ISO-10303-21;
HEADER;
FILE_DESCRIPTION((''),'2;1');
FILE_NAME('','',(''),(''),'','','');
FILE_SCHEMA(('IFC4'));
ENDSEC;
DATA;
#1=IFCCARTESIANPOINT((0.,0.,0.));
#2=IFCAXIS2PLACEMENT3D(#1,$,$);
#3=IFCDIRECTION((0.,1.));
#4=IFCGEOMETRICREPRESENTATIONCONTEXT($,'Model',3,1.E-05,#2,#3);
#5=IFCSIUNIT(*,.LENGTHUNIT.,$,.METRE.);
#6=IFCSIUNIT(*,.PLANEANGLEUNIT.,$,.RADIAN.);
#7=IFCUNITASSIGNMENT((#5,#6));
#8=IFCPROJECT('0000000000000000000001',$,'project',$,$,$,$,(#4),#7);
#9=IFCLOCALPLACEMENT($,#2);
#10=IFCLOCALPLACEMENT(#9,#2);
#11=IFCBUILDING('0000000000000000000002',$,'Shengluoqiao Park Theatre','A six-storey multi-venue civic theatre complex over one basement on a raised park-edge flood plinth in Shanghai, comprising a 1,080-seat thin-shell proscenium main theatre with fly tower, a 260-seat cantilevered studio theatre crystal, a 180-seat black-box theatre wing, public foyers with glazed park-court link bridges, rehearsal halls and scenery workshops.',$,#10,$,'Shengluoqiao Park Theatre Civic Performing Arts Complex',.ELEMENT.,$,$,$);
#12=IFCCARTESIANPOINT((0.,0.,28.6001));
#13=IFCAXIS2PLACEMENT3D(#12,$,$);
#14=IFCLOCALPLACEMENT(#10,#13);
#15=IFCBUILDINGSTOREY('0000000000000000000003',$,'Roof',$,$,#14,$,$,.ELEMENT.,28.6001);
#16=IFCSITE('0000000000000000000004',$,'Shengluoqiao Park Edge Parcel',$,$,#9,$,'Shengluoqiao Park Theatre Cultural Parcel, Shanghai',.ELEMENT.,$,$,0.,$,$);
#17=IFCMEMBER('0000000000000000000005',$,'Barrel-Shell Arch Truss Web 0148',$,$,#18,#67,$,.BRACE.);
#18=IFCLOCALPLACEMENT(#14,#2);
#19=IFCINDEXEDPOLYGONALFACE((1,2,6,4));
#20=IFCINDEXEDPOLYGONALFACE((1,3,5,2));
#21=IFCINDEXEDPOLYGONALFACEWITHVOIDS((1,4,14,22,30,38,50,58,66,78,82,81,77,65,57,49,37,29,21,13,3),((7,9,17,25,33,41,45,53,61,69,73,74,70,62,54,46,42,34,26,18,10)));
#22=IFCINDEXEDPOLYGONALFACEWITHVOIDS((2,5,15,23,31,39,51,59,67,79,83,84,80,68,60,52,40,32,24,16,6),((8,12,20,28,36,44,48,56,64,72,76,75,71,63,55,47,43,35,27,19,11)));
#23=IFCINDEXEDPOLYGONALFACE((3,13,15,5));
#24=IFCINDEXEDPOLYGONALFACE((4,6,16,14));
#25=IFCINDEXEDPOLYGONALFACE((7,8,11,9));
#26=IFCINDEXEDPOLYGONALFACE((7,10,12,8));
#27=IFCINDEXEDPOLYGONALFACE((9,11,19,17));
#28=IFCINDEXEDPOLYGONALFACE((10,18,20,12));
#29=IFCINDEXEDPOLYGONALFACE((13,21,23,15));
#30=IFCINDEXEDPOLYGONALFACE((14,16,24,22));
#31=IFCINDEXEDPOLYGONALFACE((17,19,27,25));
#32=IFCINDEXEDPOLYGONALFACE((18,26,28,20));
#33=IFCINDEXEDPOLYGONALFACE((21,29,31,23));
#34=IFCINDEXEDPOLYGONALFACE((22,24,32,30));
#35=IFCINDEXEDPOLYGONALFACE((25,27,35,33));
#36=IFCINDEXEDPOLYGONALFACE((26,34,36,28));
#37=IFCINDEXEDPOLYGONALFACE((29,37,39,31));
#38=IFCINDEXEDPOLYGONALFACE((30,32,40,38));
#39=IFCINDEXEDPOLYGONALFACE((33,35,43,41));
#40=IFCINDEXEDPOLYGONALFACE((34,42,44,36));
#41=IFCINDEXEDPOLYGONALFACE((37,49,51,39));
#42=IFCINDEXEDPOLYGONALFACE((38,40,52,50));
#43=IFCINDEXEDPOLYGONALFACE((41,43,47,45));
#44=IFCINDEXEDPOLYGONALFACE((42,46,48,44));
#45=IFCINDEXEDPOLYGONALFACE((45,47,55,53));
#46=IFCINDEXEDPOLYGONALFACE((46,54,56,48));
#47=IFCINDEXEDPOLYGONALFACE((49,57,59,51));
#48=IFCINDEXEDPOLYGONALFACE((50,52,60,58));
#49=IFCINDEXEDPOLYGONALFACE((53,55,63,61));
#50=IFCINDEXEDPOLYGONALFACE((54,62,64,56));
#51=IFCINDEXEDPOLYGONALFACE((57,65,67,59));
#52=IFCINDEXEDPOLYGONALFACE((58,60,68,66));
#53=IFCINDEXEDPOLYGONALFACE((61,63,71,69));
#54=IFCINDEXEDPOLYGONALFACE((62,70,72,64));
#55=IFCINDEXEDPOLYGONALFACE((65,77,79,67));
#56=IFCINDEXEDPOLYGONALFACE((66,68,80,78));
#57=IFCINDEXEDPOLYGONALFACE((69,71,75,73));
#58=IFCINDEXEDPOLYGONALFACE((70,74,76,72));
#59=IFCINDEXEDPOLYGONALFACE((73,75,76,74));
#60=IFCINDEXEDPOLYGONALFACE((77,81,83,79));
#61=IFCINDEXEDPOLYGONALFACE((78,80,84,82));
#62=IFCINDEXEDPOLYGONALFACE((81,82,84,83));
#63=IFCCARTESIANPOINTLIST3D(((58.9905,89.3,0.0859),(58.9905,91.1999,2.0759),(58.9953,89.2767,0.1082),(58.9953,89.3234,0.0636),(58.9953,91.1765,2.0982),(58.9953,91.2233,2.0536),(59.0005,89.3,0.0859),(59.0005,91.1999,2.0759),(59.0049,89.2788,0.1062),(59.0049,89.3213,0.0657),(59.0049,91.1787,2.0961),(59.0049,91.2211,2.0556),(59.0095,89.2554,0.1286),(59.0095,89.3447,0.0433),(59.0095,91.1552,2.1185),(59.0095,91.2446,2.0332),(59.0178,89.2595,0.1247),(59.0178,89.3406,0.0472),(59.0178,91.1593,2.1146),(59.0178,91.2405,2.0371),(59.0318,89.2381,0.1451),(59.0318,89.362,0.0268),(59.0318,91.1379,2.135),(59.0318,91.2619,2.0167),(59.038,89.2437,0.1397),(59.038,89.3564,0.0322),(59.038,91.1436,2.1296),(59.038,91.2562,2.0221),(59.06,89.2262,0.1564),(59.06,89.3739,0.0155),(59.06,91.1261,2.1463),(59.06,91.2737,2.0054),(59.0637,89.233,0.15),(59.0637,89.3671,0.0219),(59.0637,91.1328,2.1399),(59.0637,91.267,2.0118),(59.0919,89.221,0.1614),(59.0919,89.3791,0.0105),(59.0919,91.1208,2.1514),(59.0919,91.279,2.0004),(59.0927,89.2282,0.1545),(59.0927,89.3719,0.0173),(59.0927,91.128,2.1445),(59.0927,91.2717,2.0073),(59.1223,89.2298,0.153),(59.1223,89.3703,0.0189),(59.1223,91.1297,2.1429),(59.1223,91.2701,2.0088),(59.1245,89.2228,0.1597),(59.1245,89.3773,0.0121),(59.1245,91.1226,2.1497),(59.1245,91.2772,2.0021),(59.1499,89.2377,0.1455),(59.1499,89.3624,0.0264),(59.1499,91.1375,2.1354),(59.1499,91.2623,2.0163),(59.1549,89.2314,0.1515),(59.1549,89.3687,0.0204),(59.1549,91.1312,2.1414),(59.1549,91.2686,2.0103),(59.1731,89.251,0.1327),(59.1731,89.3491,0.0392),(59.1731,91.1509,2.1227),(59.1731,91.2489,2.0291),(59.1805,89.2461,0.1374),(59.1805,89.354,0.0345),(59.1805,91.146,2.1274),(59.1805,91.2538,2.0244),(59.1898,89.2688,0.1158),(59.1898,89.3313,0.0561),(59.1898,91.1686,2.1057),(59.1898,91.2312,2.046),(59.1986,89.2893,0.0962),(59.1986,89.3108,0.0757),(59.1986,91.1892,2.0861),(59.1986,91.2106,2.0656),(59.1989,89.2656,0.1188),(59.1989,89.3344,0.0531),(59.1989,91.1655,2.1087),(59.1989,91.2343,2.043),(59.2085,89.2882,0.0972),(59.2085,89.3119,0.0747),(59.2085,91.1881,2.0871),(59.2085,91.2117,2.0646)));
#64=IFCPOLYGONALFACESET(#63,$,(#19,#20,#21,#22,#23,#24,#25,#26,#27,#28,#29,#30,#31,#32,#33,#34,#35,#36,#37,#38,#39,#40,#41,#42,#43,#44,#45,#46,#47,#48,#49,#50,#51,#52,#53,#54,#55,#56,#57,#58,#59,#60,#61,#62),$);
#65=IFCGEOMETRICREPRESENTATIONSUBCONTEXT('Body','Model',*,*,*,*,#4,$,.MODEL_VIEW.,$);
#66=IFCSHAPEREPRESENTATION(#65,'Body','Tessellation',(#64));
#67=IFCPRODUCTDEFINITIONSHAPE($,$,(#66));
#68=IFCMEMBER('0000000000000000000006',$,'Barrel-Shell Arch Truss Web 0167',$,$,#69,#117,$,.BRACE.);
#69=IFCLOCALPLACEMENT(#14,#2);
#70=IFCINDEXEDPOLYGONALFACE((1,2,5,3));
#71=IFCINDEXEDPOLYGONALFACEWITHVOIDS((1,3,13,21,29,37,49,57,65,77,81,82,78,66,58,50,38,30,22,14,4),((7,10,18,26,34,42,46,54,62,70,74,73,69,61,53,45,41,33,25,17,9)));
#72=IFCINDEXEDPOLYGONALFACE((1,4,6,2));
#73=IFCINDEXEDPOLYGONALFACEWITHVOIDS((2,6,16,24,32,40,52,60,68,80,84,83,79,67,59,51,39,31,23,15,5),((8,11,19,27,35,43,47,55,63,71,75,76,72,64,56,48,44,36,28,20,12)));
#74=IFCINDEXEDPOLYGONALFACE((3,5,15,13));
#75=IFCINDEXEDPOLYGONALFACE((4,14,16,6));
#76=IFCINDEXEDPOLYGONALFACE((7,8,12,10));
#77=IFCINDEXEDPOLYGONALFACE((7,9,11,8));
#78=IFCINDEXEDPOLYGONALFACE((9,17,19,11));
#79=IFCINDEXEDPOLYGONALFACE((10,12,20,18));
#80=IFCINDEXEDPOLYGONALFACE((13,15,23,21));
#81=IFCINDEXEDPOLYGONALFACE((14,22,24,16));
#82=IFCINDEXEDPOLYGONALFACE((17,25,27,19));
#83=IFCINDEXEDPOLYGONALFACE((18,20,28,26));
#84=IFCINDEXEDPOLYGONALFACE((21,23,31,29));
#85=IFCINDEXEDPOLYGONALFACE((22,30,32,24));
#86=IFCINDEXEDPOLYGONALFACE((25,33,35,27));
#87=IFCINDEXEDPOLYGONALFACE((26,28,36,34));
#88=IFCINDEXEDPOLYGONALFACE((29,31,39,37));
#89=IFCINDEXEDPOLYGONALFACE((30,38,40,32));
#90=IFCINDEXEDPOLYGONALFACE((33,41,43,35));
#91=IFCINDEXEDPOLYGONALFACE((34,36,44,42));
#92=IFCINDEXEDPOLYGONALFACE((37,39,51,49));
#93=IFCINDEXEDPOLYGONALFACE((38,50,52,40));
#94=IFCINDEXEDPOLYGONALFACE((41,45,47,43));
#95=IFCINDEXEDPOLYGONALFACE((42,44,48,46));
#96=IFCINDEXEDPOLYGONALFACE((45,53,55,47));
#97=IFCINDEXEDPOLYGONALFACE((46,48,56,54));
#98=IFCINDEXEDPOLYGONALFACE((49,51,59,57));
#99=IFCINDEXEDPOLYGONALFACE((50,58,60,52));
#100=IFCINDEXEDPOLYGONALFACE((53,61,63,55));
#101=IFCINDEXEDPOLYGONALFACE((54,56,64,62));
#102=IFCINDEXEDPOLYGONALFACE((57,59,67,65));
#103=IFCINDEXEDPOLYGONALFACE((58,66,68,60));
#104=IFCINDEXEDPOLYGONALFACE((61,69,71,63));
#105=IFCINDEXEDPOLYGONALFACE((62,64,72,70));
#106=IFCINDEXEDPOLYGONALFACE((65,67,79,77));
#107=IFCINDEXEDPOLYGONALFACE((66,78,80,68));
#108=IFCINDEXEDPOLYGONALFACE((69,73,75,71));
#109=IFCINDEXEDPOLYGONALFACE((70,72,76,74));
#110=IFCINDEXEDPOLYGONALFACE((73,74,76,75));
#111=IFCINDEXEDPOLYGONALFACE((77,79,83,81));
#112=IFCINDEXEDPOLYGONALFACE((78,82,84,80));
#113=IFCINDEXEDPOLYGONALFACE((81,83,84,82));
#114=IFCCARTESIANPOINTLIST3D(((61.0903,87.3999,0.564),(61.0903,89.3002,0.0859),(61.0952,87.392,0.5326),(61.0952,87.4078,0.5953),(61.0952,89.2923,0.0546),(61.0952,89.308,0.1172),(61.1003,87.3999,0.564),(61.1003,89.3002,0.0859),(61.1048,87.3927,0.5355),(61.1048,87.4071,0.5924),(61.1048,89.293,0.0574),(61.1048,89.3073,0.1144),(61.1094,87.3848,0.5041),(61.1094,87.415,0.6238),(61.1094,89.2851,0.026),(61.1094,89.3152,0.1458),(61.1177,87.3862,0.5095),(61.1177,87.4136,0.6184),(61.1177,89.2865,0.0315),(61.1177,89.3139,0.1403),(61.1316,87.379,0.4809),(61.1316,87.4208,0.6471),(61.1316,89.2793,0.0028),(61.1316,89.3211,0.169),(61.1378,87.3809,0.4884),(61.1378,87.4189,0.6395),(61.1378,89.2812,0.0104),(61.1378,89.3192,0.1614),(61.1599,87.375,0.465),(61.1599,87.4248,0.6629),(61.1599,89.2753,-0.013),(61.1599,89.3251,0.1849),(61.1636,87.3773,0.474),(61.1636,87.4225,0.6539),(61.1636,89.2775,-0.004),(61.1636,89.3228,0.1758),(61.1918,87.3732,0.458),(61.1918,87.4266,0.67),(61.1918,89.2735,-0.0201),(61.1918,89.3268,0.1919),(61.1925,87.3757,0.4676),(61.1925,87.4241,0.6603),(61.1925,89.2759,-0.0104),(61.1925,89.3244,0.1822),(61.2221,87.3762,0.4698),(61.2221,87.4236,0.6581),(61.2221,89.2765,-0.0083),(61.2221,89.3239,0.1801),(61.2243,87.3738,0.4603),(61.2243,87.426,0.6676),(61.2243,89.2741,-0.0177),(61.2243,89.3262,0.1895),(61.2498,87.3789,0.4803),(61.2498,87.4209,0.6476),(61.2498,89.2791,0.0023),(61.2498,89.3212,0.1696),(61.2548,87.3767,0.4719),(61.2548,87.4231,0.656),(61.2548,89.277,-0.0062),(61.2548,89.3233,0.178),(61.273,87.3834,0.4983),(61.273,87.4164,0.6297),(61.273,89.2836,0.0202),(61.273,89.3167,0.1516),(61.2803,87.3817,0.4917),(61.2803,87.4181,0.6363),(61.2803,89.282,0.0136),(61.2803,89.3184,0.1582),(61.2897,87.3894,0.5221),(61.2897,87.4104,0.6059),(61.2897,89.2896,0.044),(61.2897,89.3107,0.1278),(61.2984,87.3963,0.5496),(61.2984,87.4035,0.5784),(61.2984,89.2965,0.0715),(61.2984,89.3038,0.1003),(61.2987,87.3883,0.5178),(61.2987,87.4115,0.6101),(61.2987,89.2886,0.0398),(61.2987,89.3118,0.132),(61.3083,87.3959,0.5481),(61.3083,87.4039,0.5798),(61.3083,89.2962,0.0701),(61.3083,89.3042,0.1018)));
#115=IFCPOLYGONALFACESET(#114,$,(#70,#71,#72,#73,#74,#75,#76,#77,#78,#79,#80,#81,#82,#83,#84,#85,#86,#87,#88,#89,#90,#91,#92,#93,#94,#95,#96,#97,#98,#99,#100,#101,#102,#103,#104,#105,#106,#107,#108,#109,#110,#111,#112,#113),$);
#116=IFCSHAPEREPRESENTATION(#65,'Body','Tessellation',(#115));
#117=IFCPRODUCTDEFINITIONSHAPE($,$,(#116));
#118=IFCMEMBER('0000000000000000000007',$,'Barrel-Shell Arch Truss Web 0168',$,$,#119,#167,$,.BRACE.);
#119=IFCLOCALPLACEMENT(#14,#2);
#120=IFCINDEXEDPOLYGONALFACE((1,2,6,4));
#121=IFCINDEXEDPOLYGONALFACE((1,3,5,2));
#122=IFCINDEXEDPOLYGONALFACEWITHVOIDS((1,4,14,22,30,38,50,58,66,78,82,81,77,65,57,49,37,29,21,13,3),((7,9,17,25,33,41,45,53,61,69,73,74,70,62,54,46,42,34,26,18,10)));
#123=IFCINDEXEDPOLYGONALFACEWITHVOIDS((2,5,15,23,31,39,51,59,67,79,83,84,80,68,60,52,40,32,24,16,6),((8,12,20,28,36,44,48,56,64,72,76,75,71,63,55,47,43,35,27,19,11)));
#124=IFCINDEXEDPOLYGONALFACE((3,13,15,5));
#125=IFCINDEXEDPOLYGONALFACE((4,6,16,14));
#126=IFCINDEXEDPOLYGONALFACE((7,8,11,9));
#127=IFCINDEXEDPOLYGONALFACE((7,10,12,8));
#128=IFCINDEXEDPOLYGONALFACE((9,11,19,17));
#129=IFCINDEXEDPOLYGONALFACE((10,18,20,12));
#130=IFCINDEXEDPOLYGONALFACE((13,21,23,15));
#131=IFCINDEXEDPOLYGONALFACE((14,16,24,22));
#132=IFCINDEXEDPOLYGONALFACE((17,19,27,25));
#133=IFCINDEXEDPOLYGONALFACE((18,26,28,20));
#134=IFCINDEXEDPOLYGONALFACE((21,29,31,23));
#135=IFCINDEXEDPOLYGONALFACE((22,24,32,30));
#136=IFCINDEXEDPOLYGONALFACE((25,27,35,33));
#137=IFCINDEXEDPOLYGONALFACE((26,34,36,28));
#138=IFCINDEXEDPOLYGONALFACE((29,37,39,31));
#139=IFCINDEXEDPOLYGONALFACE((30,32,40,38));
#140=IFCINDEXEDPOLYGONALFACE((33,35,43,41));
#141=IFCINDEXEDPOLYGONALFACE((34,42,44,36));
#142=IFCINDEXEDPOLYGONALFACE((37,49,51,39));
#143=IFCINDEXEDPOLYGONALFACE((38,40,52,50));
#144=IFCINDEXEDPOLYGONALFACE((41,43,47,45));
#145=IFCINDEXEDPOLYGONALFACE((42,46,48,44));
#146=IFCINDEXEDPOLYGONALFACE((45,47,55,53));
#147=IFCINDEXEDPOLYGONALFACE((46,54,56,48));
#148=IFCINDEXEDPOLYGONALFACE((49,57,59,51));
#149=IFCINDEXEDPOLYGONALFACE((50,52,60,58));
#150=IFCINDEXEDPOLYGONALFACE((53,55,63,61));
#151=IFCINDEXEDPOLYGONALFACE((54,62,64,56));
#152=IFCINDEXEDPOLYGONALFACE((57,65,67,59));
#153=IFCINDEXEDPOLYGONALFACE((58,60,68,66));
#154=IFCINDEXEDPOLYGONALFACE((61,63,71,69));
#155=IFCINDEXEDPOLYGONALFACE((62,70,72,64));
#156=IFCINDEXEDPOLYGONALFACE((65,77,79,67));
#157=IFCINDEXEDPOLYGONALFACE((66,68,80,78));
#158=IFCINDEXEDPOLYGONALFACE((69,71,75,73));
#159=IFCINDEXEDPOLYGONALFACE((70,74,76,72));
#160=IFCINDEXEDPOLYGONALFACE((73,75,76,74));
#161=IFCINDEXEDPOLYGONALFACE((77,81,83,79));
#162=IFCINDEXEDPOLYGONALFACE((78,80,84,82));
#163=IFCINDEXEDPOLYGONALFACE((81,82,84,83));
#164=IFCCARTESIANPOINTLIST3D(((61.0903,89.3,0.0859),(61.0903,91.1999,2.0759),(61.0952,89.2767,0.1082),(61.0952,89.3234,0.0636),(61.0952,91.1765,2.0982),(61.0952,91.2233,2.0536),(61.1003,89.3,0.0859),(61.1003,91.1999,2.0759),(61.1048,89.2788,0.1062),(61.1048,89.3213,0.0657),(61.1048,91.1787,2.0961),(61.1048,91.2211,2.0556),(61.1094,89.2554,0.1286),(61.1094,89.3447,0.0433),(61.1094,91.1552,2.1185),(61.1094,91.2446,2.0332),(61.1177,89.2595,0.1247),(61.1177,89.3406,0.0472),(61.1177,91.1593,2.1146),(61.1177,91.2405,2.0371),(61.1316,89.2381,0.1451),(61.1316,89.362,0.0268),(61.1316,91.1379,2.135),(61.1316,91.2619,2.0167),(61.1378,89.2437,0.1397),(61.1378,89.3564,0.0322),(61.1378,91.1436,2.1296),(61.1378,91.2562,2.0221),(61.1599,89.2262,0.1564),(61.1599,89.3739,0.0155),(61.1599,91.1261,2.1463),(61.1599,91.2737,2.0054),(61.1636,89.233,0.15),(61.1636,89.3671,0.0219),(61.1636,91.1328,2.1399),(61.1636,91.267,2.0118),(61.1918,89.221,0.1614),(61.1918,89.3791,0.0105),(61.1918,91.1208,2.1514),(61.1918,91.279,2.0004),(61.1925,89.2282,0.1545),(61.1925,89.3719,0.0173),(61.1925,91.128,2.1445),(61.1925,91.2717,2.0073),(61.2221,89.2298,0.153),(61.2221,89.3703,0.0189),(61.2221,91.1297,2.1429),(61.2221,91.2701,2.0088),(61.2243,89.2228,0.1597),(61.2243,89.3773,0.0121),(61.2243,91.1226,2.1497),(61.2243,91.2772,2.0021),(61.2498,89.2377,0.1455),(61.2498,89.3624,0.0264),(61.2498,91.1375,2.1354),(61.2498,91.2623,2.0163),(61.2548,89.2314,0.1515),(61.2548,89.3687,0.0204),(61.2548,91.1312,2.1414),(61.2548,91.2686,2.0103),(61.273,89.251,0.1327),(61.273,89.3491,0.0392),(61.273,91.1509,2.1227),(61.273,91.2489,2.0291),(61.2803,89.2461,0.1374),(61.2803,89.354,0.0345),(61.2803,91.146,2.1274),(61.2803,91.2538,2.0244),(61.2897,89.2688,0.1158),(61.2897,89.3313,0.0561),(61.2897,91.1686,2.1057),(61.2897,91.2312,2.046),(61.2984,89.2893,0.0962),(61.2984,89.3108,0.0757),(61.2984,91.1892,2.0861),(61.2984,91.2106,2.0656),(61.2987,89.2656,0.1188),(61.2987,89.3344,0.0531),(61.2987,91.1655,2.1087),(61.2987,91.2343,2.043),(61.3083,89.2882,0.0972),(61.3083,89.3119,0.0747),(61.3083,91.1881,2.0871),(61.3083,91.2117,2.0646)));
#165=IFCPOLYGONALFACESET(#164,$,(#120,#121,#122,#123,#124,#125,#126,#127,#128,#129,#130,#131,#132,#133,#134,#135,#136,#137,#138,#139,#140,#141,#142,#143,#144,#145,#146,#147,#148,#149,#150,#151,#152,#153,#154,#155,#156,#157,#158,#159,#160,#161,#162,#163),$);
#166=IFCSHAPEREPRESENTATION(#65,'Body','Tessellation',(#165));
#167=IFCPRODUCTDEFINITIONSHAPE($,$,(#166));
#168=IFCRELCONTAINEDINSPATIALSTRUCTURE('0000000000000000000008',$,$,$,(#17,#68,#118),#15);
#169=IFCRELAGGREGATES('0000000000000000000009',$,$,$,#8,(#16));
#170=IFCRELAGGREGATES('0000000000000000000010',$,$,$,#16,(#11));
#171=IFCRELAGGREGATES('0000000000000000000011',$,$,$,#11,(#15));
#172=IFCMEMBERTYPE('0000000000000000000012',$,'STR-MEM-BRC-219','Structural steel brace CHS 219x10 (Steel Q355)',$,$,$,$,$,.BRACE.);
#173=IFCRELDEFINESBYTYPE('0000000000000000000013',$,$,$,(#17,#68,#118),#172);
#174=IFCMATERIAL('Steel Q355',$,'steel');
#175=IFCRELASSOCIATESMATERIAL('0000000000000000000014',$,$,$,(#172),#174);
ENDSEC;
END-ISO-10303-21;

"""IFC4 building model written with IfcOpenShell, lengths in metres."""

from ifc_helpers import new_model, si_unit, direction, frame, origin, origin_2d, place, context, subcontext, project, spatial, hollow_circle, extrude, material, material_profile, profile_set, type_object, element, save


model = new_model("IFC4")

# Units and contexts
model_context = context("Model", 3, precision=1e-05, world=origin(), true_north=direction((0.0, 1.0)))
body_context = subcontext(model_context, "Body", "Model", "MODEL_VIEW")
ifc_project = project(units=[si_unit("LENGTHUNIT", "METRE"), si_unit("PLANEANGLEUNIT", "RADIAN")], contexts=[model_context])

# Site, building, storey
site_placement = place(None, origin())
site = spatial("IfcSite", under=ifc_project, at=site_placement, Name="Shengluoqiao Park Edge Parcel", LongName="Shengluoqiao Park Theatre Cultural Parcel, Shanghai", CompositionType="ELEMENT", RefElevation=0.0)
building_placement = place(site_placement, origin())
building = spatial("IfcBuilding", under=site, at=building_placement, Name="Shengluoqiao Park Theatre", Description="A six-storey multi-venue civic theatre complex over one basement on a raised park-edge flood plinth in Shanghai, comprising a 1,080-seat thin-shell proscenium main theatre with fly tower, a 260-seat cantilevered studio theatre crystal, a 180-seat black-box theatre wing, public foyers with glazed park-court link bridges, rehearsal halls and scenery workshops.", LongName="Shengluoqiao Park Theatre Civic Performing Arts Complex", CompositionType="ELEMENT")
storey_placement = place(building_placement, frame((0.0, 0.0, 28.6001)))
storey = spatial("IfcBuildingStorey", under=building, at=storey_placement, Name="Roof", CompositionType="ELEMENT", Elevation=28.6001)

# Shared definitions
ifc_material_1 = material(Name="Steel Q355", Category="steel")

# Members
ifc_material_profile_1 = material_profile(ifc_material_1, hollow_circle(Radius=0.1096, WallThickness=0.01, at=origin_2d()), Name="CHS 219x10")
ifc_profile_set_1 = profile_set([ifc_material_profile_1], Name="Steel Q355")
member_type_1 = type_object("IfcMemberType", Name="STR-MEM-BRC-219", Description="Structural steel brace CHS 219x10 (Steel Q355)", PredefinedType="BRACE", material=ifc_profile_set_1)
member_1_placement = place(storey_placement, frame((59.1001, 89.3, 0.0859), z_axis=(0.0, 0.690545, 0.723289), x_axis=(-1.0, 0.0, 0.0)))
element("IfcMember", 1, at=member_1_placement, inside=storey, type_object=member_type_1, Name="Barrel-Shell Arch Truss Web 0148", PredefinedType="BRACE", context=body_context, shape_type="SweptSolid", body=[
    extrude(hollow_circle(Radius=0.1096, WallThickness=0.01, at=origin_2d()), origin(), (0.0, 0.0, 1.0), 2.7512),
])
member_2_placement = place(storey_placement, frame((61.2, 87.3999, 0.564), z_axis=(0.0, 0.969782, -0.243972), x_axis=(-1.0, 0.0, 0.0)))
element("IfcMember", 2, at=member_2_placement, inside=storey, type_object=member_type_1, Name="Barrel-Shell Arch Truss Web 0167", PredefinedType="BRACE", context=body_context, shape_type="SweptSolid", body=[
    extrude(hollow_circle(Radius=0.1096, WallThickness=0.01, at=origin_2d()), origin(), (0.0, 0.0, 1.0), 1.9595),
])
member_3_placement = place(storey_placement, frame((61.2, 89.3, 0.0859), z_axis=(0.0, 0.690545, 0.723289), x_axis=(-1.0, 0.0, 0.0)))
element("IfcMember", 3, at=member_3_placement, inside=storey, type_object=member_type_1, Name="Barrel-Shell Arch Truss Web 0168", PredefinedType="BRACE", context=body_context, shape_type="SweptSolid", body=[
    extrude(hollow_circle(Radius=0.1096, WallThickness=0.01, at=origin_2d()), origin(), (0.0, 0.0, 1.0), 2.7512),
])

save(model, "model.ifc")
